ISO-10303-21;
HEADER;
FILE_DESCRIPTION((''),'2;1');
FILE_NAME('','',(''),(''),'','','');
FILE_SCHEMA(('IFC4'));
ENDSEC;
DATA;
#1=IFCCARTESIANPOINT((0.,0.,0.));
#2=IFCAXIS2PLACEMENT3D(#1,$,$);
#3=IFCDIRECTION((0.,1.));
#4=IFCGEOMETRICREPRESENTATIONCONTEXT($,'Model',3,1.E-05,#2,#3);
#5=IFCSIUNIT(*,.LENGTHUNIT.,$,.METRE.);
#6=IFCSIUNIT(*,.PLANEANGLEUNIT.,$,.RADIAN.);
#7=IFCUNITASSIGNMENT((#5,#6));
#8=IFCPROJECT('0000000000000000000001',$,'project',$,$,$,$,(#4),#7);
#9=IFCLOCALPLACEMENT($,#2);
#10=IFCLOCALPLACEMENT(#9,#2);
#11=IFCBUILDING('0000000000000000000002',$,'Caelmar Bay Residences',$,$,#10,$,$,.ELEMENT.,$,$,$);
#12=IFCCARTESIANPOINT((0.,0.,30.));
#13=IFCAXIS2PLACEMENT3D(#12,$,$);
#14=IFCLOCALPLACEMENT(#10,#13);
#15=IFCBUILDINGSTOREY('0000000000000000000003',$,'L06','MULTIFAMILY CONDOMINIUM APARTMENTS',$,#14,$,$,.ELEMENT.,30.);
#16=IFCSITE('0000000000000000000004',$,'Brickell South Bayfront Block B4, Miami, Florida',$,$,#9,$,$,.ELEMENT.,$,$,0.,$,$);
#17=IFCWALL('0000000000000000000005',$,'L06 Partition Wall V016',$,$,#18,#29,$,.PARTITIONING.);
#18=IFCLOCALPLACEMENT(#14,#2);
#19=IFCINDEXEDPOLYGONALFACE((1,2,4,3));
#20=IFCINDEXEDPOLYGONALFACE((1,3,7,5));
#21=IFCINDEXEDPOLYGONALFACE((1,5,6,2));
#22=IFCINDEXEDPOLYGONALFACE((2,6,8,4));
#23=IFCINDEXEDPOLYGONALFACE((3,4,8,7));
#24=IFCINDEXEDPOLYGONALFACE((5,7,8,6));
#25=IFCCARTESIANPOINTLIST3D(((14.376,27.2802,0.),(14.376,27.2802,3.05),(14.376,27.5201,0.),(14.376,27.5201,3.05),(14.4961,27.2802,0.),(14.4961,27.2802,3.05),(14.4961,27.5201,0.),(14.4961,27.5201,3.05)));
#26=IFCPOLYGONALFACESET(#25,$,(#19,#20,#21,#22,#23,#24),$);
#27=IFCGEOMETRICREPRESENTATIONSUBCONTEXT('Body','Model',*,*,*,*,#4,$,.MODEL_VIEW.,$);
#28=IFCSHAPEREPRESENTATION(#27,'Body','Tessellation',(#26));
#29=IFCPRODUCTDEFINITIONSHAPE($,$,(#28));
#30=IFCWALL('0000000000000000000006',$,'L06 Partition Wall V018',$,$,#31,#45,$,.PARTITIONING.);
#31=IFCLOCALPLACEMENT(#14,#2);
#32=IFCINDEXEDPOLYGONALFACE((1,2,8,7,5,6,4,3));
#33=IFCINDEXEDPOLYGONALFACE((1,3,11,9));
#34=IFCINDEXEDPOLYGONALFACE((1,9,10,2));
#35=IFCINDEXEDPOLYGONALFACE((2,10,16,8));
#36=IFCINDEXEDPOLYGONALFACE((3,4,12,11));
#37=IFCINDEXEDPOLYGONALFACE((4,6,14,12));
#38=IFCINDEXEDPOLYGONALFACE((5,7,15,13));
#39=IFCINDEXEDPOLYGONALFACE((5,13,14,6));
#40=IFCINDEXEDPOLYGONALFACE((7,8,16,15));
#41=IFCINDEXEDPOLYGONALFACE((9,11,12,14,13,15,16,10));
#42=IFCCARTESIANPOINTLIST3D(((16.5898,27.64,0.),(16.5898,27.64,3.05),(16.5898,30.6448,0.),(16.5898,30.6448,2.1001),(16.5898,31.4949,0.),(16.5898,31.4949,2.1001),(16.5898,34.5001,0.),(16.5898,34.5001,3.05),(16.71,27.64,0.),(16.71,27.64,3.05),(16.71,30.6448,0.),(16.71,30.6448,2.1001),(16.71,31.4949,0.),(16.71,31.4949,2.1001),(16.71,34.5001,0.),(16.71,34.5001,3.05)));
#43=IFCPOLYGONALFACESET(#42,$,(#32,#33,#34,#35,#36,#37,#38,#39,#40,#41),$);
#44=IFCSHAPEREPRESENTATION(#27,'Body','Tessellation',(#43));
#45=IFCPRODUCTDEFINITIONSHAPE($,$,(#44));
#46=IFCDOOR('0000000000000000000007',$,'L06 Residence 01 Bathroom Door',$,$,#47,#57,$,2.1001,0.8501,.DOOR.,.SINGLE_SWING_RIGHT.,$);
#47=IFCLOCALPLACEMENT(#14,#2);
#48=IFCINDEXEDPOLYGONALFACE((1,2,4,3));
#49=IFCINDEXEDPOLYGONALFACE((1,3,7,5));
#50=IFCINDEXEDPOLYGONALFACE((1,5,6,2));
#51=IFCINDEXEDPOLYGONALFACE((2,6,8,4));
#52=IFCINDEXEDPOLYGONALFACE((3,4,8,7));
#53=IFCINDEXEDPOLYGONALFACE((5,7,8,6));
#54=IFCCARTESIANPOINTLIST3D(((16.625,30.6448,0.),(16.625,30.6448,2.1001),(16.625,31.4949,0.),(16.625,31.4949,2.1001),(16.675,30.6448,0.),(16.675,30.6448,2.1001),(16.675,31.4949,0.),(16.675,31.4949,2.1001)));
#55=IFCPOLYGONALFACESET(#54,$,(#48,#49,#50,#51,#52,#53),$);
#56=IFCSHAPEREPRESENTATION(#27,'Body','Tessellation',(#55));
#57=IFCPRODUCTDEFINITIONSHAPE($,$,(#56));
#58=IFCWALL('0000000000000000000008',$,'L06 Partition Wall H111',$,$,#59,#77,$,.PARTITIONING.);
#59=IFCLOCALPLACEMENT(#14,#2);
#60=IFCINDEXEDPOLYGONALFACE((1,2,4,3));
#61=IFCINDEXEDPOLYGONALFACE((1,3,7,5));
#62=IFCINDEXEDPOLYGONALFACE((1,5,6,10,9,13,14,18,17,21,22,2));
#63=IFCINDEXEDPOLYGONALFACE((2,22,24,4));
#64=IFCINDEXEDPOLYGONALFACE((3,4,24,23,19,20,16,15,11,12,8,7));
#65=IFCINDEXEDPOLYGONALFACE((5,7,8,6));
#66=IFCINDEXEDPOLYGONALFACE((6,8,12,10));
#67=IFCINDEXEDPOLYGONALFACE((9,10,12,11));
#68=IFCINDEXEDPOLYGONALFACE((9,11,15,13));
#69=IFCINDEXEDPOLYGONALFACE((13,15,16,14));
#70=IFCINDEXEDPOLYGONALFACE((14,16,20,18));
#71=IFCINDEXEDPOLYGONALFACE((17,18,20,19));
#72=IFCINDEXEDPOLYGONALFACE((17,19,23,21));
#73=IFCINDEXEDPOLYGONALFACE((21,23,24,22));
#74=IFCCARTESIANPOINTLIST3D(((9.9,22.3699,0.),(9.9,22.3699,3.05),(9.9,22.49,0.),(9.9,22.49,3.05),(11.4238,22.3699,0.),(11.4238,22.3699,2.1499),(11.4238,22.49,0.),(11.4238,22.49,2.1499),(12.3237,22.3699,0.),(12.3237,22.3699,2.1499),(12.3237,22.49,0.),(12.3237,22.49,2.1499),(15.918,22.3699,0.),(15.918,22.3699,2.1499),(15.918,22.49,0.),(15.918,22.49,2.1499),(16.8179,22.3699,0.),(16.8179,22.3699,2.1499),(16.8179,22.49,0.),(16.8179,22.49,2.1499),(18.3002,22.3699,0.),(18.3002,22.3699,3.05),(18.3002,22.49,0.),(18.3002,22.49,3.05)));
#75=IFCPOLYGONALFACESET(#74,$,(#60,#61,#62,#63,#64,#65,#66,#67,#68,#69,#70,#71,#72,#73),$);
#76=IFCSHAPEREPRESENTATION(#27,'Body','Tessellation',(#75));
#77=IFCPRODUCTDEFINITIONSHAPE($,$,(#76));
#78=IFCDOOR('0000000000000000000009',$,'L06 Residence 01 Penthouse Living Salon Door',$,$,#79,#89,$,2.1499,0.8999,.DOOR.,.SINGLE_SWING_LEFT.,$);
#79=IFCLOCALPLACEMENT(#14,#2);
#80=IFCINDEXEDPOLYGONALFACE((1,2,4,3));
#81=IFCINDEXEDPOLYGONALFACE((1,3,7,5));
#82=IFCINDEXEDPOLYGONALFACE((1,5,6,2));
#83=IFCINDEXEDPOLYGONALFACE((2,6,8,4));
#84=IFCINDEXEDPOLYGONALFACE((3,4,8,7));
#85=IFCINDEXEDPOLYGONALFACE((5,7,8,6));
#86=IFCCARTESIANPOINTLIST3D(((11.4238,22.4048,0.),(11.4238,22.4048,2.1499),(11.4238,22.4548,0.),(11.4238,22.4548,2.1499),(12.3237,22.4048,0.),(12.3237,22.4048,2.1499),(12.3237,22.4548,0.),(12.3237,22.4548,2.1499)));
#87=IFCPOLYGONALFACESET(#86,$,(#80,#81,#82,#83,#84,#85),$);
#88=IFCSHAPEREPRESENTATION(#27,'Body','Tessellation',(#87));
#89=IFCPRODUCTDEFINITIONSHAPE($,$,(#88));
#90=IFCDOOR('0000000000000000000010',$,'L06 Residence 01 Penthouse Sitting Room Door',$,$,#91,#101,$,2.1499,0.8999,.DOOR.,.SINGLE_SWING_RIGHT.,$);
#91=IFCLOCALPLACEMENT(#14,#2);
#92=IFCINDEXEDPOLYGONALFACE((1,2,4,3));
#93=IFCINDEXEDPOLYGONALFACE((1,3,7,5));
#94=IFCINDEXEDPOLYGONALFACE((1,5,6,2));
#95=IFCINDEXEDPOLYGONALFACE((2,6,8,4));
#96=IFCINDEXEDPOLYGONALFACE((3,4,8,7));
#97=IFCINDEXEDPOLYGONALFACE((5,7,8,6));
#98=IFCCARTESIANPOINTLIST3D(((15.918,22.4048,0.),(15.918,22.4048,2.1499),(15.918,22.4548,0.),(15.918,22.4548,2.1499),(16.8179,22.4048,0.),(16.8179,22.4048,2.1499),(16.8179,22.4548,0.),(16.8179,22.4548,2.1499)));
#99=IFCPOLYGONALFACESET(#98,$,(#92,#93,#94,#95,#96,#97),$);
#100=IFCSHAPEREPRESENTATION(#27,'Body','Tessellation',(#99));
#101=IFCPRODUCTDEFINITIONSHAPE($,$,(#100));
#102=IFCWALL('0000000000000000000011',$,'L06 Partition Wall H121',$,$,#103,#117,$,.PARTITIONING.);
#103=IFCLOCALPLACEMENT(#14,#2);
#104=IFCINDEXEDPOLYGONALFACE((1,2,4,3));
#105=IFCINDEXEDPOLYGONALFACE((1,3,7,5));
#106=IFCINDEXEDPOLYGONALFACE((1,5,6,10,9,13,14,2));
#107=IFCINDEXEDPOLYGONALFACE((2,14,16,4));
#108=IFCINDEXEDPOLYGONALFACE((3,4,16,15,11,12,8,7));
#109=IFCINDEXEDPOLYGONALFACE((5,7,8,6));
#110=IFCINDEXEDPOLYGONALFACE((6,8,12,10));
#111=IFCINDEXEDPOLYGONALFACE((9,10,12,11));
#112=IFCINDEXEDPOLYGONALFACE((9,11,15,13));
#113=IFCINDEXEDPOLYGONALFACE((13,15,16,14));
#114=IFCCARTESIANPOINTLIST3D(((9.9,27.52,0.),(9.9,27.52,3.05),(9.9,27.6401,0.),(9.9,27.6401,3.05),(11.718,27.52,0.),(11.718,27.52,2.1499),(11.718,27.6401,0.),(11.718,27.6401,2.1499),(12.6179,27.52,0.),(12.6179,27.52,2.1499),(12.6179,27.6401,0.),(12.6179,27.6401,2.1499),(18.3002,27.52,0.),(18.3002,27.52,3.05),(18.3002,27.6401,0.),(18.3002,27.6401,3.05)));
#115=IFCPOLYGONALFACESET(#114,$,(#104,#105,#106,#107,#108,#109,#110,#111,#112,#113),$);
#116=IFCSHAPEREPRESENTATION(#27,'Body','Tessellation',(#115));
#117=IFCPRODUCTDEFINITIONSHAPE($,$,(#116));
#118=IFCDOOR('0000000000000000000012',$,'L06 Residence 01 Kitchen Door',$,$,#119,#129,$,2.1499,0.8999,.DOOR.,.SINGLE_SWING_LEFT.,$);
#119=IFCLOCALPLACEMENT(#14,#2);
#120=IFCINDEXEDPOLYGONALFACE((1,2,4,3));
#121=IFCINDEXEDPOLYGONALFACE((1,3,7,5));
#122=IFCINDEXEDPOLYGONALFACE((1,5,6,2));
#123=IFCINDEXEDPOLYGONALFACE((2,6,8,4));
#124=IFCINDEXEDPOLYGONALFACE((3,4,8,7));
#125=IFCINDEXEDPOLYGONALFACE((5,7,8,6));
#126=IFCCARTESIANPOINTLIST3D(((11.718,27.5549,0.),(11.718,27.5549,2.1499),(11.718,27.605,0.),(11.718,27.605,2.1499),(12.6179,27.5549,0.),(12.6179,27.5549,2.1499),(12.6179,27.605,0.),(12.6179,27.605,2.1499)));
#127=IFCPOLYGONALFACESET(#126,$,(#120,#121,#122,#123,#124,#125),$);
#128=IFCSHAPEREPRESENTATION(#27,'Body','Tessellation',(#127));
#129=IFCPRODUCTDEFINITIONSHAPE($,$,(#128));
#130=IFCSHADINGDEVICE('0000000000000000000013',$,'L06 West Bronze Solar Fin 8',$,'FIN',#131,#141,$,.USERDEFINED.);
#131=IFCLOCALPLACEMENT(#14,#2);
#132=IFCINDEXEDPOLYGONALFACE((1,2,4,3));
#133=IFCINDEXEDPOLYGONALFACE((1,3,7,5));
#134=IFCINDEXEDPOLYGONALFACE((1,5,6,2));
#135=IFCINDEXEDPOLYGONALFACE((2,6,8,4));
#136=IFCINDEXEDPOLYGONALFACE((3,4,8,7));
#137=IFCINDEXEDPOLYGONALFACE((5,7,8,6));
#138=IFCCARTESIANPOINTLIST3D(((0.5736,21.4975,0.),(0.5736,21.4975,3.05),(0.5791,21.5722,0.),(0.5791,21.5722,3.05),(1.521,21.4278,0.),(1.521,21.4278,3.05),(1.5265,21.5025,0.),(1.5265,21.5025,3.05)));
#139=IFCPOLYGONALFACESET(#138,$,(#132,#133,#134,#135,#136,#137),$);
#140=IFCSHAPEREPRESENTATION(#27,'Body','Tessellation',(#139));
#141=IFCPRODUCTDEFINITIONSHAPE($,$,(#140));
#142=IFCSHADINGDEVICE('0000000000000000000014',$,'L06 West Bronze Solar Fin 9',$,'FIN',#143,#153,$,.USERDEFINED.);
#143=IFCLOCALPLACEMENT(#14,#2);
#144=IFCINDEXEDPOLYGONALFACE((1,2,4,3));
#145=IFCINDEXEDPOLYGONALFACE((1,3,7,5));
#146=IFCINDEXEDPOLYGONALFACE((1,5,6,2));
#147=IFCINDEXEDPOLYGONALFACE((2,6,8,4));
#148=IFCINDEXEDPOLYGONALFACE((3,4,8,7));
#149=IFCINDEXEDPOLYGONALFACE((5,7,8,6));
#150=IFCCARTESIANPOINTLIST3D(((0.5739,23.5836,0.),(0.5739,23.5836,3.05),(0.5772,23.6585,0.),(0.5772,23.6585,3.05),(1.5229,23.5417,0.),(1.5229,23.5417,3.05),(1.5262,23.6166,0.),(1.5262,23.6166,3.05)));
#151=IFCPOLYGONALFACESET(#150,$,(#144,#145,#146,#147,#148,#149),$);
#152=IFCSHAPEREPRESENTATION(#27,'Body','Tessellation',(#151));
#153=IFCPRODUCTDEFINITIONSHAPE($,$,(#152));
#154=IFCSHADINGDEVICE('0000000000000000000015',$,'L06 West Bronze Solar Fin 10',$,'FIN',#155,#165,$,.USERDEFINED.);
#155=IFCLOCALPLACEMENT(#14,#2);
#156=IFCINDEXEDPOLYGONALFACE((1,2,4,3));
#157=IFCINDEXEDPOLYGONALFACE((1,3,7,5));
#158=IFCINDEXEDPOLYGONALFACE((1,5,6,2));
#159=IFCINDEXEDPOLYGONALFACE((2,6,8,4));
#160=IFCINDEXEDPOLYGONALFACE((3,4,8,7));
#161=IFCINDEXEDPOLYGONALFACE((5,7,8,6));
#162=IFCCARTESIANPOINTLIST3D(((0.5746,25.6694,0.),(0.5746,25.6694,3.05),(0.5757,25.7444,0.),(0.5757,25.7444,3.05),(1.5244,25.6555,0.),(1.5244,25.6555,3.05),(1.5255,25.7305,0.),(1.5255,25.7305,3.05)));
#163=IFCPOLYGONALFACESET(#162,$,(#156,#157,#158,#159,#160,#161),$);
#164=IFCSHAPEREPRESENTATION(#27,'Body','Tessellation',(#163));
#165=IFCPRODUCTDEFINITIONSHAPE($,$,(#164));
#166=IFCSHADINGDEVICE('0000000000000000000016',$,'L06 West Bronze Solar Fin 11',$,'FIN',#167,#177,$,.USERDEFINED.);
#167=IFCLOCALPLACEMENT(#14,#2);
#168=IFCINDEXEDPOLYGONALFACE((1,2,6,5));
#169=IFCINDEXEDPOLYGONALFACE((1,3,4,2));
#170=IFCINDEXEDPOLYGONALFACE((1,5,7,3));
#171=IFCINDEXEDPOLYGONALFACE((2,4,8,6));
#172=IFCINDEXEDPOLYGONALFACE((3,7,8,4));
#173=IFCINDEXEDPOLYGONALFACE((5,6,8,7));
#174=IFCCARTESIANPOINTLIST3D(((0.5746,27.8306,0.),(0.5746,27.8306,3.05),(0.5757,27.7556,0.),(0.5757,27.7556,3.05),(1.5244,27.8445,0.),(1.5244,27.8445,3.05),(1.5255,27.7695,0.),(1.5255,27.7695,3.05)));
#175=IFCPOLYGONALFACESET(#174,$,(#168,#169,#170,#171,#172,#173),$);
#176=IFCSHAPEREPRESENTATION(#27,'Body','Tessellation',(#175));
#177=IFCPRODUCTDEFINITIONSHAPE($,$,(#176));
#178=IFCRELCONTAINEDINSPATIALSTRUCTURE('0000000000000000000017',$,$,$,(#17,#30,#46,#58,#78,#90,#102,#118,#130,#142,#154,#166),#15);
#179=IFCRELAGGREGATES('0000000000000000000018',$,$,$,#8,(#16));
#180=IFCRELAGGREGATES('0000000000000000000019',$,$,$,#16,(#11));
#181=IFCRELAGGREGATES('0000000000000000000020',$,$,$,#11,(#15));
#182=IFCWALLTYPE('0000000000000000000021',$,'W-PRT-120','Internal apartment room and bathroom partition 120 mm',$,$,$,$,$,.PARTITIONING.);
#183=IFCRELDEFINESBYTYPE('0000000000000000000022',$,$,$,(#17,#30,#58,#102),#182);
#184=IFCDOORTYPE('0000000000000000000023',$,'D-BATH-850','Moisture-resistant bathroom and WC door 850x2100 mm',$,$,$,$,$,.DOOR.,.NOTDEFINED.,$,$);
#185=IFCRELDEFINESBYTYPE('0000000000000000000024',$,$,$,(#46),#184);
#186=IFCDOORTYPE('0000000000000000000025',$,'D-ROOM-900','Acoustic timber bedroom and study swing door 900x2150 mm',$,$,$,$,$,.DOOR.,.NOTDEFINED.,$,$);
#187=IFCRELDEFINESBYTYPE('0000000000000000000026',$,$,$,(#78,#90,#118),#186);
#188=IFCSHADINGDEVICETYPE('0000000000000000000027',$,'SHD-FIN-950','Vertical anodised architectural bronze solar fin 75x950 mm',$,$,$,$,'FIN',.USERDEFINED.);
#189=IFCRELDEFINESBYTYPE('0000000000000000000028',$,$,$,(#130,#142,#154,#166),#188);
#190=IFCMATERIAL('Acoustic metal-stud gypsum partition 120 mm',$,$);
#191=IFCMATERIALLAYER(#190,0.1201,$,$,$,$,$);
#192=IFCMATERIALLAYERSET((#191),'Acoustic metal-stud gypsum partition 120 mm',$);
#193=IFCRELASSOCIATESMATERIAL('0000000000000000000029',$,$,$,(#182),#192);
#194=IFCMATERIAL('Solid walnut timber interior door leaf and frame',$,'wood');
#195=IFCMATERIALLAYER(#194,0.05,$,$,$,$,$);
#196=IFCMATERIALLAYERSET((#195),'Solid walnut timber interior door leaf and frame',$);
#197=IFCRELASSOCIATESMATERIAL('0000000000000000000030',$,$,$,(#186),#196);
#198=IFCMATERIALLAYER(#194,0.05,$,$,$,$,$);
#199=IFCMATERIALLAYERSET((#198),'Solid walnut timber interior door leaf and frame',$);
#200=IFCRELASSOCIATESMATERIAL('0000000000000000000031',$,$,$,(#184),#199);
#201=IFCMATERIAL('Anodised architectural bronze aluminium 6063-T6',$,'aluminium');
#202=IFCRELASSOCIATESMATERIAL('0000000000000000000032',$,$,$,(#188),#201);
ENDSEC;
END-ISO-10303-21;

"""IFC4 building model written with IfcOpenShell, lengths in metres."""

from ifc_helpers import new_model, si_unit, direction, frame, frame_2d, origin, origin_2d, place, context, subcontext, project, spatial, rectangle, extrude, material, layer, layer_set, material_profile, profile_set, type_object, element, fill, save


model = new_model("IFC4")

# Units and contexts
model_context = context("Model", 3, precision=1e-05, world=origin(), true_north=direction((0.0, 1.0)))
body_context = subcontext(model_context, "Body", "Model", "MODEL_VIEW")
ifc_project = project(units=[si_unit("LENGTHUNIT", "METRE"), si_unit("PLANEANGLEUNIT", "RADIAN")], contexts=[model_context])

# Site, building, storey
site_placement = place(None, origin())
site = spatial("IfcSite", under=ifc_project, at=site_placement, Name="Brickell South Bayfront Block B4, Miami, Florida", CompositionType="ELEMENT", RefElevation=0.0)
building_placement = place(site_placement, origin())
building = spatial("IfcBuilding", under=site, at=building_placement, Name="Caelmar Bay Residences", CompositionType="ELEMENT")
storey_placement = place(building_placement, frame((0.0, 0.0, 30.0)))
storey = spatial("IfcBuildingStorey", under=building, at=storey_placement, Name="L06", Description="MULTIFAMILY CONDOMINIUM APARTMENTS", CompositionType="ELEMENT", Elevation=30.0)

# Shared definitions
ifc_material_1 = material(Name="Acoustic metal-stud gypsum partition 120 mm")
ifc_layer_1 = layer(ifc_material_1, 0.1201)
ifc_layer_set_1 = layer_set([ifc_layer_1], Name="Acoustic metal-stud gypsum partition 120 mm")
wall_type_1 = type_object("IfcWallType", Name="W-PRT-120", Description="Internal apartment room and bathroom partition 120 mm", PredefinedType="PARTITIONING", material=ifc_layer_set_1)

# Shared definitions
ifc_material_2 = material(Name="Solid walnut timber interior door leaf and frame", Category="wood")
ifc_layer_2 = layer(ifc_material_2, 0.05)
ifc_layer_set_2 = layer_set([ifc_layer_2], Name="Solid walnut timber interior door leaf and frame")
door_type_1 = type_object("IfcDoorType", Name="D-ROOM-900", Description="Acoustic timber bedroom and study swing door 900x2150 mm", OperationType="NOTDEFINED", PredefinedType="DOOR", material=ifc_layer_set_2)

# Wall
wall_1_placement = place(storey_placement, frame((14.436, 27.28, 0.0), z_axis=(0.0, 0.0, 1.0), x_axis=(0.0, 1.0, 0.0)))
element("IfcWall", 1, at=wall_1_placement, inside=storey, type_object=wall_type_1, Name="L06 Partition Wall V016", PredefinedType="PARTITIONING", context=body_context, shape_type="SweptSolid", body=[
    extrude(rectangle(XDim=0.24, YDim=0.1201, at=frame_2d((0.1201, 0.0))), origin(), (0.0, 0.0, 1.0), 3.05),
])

# Wall, opening, door
wall_2_placement = place(storey_placement, frame((16.6499, 27.6399, 0.0), z_axis=(0.0, 0.0, 1.0), x_axis=(0.0, 1.0, 0.0)))
wall_2 = element("IfcWall", 2, at=wall_2_placement, inside=storey, type_object=wall_type_1, Name="L06 Partition Wall V018", PredefinedType="PARTITIONING", context=body_context, shape_type="SweptSolid", body=[
    extrude(rectangle(XDim=6.8601, YDim=0.1201, at=frame_2d((3.4302, 0.0))), origin(), (0.0, 0.0, 1.0), 3.05),
])
opening_1_placement = place(wall_2_placement, frame((3.0049, 0.0, 0.0)))
opening_1 = element("IfcOpeningElement", 3, at=opening_1_placement, cuts=wall_2, PredefinedType="OPENING", context=body_context, shape_type="SweptSolid", body=[
    extrude(rectangle(XDim=0.8501, YDim=2.1001, at=frame_2d((0.425, 1.05))), frame((0.0, 0.0701, 0.0), z_axis=(0.0, -1.0, 0.0), x_axis=(1.0, 0.0, 0.0)), (0.0, 0.0, 1.0), 0.1401),
])
ifc_layer_3 = layer(ifc_material_2, 0.05)
ifc_layer_set_3 = layer_set([ifc_layer_3], Name="Solid walnut timber interior door leaf and frame")
door_type_2 = type_object("IfcDoorType", Name="D-BATH-850", Description="Moisture-resistant bathroom and WC door 850x2100 mm", OperationType="NOTDEFINED", PredefinedType="DOOR", material=ifc_layer_set_3)
door_1_placement = place(opening_1_placement, origin())
door_1 = element("IfcDoor", 4, at=door_1_placement, inside=storey, type_object=door_type_2, Name="L06 Residence 01 Bathroom Door", OperationType="SINGLE_SWING_RIGHT", OverallHeight=2.1001, OverallWidth=0.8501, PredefinedType="DOOR", context=body_context, shape_type="SweptSolid", body=[
    extrude(rectangle(XDim=0.8501, YDim=2.1001, at=frame_2d((0.425, 1.05))), frame((0.0, 0.0249, 0.0), z_axis=(0.0, -1.0, 0.0), x_axis=(1.0, 0.0, 0.0)), (0.0, 0.0, 1.0), 0.05),
])
fill(opening_1, door_1)

# Wall, openings, doors
wall_3_placement = place(storey_placement, frame((9.8999, 22.4299, 0.0), z_axis=(0.0, 0.0, 1.0), x_axis=(1.0, 0.0, 0.0)))
wall_3 = element("IfcWall", 5, at=wall_3_placement, inside=storey, type_object=wall_type_1, Name="L06 Partition Wall H111", PredefinedType="PARTITIONING", context=body_context, shape_type="SweptSolid", body=[
    extrude(rectangle(XDim=8.4001, YDim=0.1201, at=frame_2d((4.2002, 0.0))), origin(), (0.0, 0.0, 1.0), 3.05),
])
opening_2_placement = place(wall_3_placement, frame((1.5239, 0.0, 0.0)))
opening_2 = element("IfcOpeningElement", 6, at=opening_2_placement, cuts=wall_3, PredefinedType="OPENING", context=body_context, shape_type="SweptSolid", body=[
    extrude(rectangle(XDim=0.8999, YDim=2.1499, at=frame_2d((0.45, 1.075))), frame((0.0, 0.0701, 0.0), z_axis=(0.0, -1.0, 0.0), x_axis=(1.0, 0.0, 0.0)), (0.0, 0.0, 1.0), 0.1401),
])
opening_3_placement = place(wall_3_placement, frame((6.0181, 0.0, 0.0)))
opening_3 = element("IfcOpeningElement", 7, at=opening_3_placement, cuts=wall_3, PredefinedType="OPENING", context=body_context, shape_type="SweptSolid", body=[
    extrude(rectangle(XDim=0.8999, YDim=2.1499, at=frame_2d((0.45, 1.075))), frame((0.0, 0.0701, 0.0), z_axis=(0.0, -1.0, 0.0), x_axis=(1.0, 0.0, 0.0)), (0.0, 0.0, 1.0), 0.1401),
])
door_2_placement = place(opening_2_placement, origin())
door_2 = element("IfcDoor", 8, at=door_2_placement, inside=storey, type_object=door_type_1, Name="L06 Residence 01 Penthouse Living Salon Door", OperationType="SINGLE_SWING_LEFT", OverallHeight=2.1499, OverallWidth=0.8999, PredefinedType="DOOR", context=body_context, shape_type="SweptSolid", body=[
    extrude(rectangle(XDim=0.8999, YDim=2.1499, at=frame_2d((0.45, 1.075))), frame((0.0, 0.0249, 0.0), z_axis=(0.0, -1.0, 0.0), x_axis=(1.0, 0.0, 0.0)), (0.0, 0.0, 1.0), 0.05),
])
fill(opening_2, door_2)
door_3_placement = place(opening_3_placement, origin())
door_3 = element("IfcDoor", 9, at=door_3_placement, inside=storey, type_object=door_type_1, Name="L06 Residence 01 Penthouse Sitting Room Door", OperationType="SINGLE_SWING_RIGHT", OverallHeight=2.1499, OverallWidth=0.8999, PredefinedType="DOOR", context=body_context, shape_type="SweptSolid", body=[
    extrude(rectangle(XDim=0.8999, YDim=2.1499, at=frame_2d((0.45, 1.075))), frame((0.0, 0.0249, 0.0), z_axis=(0.0, -1.0, 0.0), x_axis=(1.0, 0.0, 0.0)), (0.0, 0.0, 1.0), 0.05),
])
fill(opening_3, door_3)

# Wall, opening, door
wall_4_placement = place(storey_placement, frame((9.8999, 27.5801, 0.0), z_axis=(0.0, 0.0, 1.0), x_axis=(1.0, 0.0, 0.0)))
wall_4 = element("IfcWall", 10, at=wall_4_placement, inside=storey, type_object=wall_type_1, Name="L06 Partition Wall H121", PredefinedType="PARTITIONING", context=body_context, shape_type="SweptSolid", body=[
    extrude(rectangle(XDim=8.4001, YDim=0.1201, at=frame_2d((4.2002, 0.0))), origin(), (0.0, 0.0, 1.0), 3.05),
])
opening_4_placement = place(wall_4_placement, frame((1.8181, 0.0, 0.0)))
opening_4 = element("IfcOpeningElement", 11, at=opening_4_placement, cuts=wall_4, PredefinedType="OPENING", context=body_context, shape_type="SweptSolid", body=[
    extrude(rectangle(XDim=0.8999, YDim=2.1499, at=frame_2d((0.45, 1.075))), frame((0.0, 0.0701, 0.0), z_axis=(0.0, -1.0, 0.0), x_axis=(1.0, 0.0, 0.0)), (0.0, 0.0, 1.0), 0.1401),
])
door_4_placement = place(opening_4_placement, origin())
door_4 = element("IfcDoor", 12, at=door_4_placement, inside=storey, type_object=door_type_1, Name="L06 Residence 01 Kitchen Door", OperationType="SINGLE_SWING_LEFT", OverallHeight=2.1499, OverallWidth=0.8999, PredefinedType="DOOR", context=body_context, shape_type="SweptSolid", body=[
    extrude(rectangle(XDim=0.8999, YDim=2.1499, at=frame_2d((0.45, 1.075))), frame((0.0, 0.0249, 0.0), z_axis=(0.0, -1.0, 0.0), x_axis=(1.0, 0.0, 0.0)), (0.0, 0.0, 1.0), 0.05),
])
fill(opening_4, door_4)

# Shading devices
ifc_material_3 = material(Name="Anodised architectural bronze aluminium 6063-T6", Category="aluminium")
ifc_material_profile_1 = material_profile(ifc_material_3, rectangle(XDim=0.075, YDim=0.95, at=origin_2d()), Name="BRONZE-FIN-75X950")
ifc_profile_set_1 = profile_set([ifc_material_profile_1], Name="Anodised architectural bronze aluminium 6063-T6")
shading_device_type = type_object("IfcShadingDeviceType", Name="SHD-FIN-950", Description="Vertical anodised architectural bronze solar fin 75x950 mm", ElementType="FIN", PredefinedType="USERDEFINED", material=ifc_profile_set_1)
for number, where, z_axis, x_axis, name in (
    (13, (1.05, 21.5, 0.0), (0.0, 0.0, 1.0), (0.073412, 0.997302, 0.0), "L06 West Bronze Solar Fin 8"),
    (14, (1.05, 23.6001, 0.0), (0.0, 0.0, 1.0), (0.044142, 0.999025, 0.0), "L06 West Bronze Solar Fin 9"),
    (15, (1.05, 25.7, 0.0), (0.0, 0.0, 1.0), (0.01466, 0.999893, 0.0), "L06 West Bronze Solar Fin 10"),
    (16, (1.05, 27.8, 0.0), (0.0, 0.0, 1.0), (-0.01466, 0.999893, 0.0), "L06 West Bronze Solar Fin 11"),
):
    element("IfcShadingDevice", number, at=place(storey_placement, frame(where, z_axis=z_axis, x_axis=x_axis)), inside=storey, type_object=shading_device_type, Name=name, ObjectType="FIN", PredefinedType="USERDEFINED", context=body_context, shape_type="SweptSolid", body=[
        extrude(rectangle(XDim=0.075, YDim=0.95, at=origin_2d()), origin(), (0.0, 0.0, 1.0), 3.05),
    ])

save(model, "model.ifc")
